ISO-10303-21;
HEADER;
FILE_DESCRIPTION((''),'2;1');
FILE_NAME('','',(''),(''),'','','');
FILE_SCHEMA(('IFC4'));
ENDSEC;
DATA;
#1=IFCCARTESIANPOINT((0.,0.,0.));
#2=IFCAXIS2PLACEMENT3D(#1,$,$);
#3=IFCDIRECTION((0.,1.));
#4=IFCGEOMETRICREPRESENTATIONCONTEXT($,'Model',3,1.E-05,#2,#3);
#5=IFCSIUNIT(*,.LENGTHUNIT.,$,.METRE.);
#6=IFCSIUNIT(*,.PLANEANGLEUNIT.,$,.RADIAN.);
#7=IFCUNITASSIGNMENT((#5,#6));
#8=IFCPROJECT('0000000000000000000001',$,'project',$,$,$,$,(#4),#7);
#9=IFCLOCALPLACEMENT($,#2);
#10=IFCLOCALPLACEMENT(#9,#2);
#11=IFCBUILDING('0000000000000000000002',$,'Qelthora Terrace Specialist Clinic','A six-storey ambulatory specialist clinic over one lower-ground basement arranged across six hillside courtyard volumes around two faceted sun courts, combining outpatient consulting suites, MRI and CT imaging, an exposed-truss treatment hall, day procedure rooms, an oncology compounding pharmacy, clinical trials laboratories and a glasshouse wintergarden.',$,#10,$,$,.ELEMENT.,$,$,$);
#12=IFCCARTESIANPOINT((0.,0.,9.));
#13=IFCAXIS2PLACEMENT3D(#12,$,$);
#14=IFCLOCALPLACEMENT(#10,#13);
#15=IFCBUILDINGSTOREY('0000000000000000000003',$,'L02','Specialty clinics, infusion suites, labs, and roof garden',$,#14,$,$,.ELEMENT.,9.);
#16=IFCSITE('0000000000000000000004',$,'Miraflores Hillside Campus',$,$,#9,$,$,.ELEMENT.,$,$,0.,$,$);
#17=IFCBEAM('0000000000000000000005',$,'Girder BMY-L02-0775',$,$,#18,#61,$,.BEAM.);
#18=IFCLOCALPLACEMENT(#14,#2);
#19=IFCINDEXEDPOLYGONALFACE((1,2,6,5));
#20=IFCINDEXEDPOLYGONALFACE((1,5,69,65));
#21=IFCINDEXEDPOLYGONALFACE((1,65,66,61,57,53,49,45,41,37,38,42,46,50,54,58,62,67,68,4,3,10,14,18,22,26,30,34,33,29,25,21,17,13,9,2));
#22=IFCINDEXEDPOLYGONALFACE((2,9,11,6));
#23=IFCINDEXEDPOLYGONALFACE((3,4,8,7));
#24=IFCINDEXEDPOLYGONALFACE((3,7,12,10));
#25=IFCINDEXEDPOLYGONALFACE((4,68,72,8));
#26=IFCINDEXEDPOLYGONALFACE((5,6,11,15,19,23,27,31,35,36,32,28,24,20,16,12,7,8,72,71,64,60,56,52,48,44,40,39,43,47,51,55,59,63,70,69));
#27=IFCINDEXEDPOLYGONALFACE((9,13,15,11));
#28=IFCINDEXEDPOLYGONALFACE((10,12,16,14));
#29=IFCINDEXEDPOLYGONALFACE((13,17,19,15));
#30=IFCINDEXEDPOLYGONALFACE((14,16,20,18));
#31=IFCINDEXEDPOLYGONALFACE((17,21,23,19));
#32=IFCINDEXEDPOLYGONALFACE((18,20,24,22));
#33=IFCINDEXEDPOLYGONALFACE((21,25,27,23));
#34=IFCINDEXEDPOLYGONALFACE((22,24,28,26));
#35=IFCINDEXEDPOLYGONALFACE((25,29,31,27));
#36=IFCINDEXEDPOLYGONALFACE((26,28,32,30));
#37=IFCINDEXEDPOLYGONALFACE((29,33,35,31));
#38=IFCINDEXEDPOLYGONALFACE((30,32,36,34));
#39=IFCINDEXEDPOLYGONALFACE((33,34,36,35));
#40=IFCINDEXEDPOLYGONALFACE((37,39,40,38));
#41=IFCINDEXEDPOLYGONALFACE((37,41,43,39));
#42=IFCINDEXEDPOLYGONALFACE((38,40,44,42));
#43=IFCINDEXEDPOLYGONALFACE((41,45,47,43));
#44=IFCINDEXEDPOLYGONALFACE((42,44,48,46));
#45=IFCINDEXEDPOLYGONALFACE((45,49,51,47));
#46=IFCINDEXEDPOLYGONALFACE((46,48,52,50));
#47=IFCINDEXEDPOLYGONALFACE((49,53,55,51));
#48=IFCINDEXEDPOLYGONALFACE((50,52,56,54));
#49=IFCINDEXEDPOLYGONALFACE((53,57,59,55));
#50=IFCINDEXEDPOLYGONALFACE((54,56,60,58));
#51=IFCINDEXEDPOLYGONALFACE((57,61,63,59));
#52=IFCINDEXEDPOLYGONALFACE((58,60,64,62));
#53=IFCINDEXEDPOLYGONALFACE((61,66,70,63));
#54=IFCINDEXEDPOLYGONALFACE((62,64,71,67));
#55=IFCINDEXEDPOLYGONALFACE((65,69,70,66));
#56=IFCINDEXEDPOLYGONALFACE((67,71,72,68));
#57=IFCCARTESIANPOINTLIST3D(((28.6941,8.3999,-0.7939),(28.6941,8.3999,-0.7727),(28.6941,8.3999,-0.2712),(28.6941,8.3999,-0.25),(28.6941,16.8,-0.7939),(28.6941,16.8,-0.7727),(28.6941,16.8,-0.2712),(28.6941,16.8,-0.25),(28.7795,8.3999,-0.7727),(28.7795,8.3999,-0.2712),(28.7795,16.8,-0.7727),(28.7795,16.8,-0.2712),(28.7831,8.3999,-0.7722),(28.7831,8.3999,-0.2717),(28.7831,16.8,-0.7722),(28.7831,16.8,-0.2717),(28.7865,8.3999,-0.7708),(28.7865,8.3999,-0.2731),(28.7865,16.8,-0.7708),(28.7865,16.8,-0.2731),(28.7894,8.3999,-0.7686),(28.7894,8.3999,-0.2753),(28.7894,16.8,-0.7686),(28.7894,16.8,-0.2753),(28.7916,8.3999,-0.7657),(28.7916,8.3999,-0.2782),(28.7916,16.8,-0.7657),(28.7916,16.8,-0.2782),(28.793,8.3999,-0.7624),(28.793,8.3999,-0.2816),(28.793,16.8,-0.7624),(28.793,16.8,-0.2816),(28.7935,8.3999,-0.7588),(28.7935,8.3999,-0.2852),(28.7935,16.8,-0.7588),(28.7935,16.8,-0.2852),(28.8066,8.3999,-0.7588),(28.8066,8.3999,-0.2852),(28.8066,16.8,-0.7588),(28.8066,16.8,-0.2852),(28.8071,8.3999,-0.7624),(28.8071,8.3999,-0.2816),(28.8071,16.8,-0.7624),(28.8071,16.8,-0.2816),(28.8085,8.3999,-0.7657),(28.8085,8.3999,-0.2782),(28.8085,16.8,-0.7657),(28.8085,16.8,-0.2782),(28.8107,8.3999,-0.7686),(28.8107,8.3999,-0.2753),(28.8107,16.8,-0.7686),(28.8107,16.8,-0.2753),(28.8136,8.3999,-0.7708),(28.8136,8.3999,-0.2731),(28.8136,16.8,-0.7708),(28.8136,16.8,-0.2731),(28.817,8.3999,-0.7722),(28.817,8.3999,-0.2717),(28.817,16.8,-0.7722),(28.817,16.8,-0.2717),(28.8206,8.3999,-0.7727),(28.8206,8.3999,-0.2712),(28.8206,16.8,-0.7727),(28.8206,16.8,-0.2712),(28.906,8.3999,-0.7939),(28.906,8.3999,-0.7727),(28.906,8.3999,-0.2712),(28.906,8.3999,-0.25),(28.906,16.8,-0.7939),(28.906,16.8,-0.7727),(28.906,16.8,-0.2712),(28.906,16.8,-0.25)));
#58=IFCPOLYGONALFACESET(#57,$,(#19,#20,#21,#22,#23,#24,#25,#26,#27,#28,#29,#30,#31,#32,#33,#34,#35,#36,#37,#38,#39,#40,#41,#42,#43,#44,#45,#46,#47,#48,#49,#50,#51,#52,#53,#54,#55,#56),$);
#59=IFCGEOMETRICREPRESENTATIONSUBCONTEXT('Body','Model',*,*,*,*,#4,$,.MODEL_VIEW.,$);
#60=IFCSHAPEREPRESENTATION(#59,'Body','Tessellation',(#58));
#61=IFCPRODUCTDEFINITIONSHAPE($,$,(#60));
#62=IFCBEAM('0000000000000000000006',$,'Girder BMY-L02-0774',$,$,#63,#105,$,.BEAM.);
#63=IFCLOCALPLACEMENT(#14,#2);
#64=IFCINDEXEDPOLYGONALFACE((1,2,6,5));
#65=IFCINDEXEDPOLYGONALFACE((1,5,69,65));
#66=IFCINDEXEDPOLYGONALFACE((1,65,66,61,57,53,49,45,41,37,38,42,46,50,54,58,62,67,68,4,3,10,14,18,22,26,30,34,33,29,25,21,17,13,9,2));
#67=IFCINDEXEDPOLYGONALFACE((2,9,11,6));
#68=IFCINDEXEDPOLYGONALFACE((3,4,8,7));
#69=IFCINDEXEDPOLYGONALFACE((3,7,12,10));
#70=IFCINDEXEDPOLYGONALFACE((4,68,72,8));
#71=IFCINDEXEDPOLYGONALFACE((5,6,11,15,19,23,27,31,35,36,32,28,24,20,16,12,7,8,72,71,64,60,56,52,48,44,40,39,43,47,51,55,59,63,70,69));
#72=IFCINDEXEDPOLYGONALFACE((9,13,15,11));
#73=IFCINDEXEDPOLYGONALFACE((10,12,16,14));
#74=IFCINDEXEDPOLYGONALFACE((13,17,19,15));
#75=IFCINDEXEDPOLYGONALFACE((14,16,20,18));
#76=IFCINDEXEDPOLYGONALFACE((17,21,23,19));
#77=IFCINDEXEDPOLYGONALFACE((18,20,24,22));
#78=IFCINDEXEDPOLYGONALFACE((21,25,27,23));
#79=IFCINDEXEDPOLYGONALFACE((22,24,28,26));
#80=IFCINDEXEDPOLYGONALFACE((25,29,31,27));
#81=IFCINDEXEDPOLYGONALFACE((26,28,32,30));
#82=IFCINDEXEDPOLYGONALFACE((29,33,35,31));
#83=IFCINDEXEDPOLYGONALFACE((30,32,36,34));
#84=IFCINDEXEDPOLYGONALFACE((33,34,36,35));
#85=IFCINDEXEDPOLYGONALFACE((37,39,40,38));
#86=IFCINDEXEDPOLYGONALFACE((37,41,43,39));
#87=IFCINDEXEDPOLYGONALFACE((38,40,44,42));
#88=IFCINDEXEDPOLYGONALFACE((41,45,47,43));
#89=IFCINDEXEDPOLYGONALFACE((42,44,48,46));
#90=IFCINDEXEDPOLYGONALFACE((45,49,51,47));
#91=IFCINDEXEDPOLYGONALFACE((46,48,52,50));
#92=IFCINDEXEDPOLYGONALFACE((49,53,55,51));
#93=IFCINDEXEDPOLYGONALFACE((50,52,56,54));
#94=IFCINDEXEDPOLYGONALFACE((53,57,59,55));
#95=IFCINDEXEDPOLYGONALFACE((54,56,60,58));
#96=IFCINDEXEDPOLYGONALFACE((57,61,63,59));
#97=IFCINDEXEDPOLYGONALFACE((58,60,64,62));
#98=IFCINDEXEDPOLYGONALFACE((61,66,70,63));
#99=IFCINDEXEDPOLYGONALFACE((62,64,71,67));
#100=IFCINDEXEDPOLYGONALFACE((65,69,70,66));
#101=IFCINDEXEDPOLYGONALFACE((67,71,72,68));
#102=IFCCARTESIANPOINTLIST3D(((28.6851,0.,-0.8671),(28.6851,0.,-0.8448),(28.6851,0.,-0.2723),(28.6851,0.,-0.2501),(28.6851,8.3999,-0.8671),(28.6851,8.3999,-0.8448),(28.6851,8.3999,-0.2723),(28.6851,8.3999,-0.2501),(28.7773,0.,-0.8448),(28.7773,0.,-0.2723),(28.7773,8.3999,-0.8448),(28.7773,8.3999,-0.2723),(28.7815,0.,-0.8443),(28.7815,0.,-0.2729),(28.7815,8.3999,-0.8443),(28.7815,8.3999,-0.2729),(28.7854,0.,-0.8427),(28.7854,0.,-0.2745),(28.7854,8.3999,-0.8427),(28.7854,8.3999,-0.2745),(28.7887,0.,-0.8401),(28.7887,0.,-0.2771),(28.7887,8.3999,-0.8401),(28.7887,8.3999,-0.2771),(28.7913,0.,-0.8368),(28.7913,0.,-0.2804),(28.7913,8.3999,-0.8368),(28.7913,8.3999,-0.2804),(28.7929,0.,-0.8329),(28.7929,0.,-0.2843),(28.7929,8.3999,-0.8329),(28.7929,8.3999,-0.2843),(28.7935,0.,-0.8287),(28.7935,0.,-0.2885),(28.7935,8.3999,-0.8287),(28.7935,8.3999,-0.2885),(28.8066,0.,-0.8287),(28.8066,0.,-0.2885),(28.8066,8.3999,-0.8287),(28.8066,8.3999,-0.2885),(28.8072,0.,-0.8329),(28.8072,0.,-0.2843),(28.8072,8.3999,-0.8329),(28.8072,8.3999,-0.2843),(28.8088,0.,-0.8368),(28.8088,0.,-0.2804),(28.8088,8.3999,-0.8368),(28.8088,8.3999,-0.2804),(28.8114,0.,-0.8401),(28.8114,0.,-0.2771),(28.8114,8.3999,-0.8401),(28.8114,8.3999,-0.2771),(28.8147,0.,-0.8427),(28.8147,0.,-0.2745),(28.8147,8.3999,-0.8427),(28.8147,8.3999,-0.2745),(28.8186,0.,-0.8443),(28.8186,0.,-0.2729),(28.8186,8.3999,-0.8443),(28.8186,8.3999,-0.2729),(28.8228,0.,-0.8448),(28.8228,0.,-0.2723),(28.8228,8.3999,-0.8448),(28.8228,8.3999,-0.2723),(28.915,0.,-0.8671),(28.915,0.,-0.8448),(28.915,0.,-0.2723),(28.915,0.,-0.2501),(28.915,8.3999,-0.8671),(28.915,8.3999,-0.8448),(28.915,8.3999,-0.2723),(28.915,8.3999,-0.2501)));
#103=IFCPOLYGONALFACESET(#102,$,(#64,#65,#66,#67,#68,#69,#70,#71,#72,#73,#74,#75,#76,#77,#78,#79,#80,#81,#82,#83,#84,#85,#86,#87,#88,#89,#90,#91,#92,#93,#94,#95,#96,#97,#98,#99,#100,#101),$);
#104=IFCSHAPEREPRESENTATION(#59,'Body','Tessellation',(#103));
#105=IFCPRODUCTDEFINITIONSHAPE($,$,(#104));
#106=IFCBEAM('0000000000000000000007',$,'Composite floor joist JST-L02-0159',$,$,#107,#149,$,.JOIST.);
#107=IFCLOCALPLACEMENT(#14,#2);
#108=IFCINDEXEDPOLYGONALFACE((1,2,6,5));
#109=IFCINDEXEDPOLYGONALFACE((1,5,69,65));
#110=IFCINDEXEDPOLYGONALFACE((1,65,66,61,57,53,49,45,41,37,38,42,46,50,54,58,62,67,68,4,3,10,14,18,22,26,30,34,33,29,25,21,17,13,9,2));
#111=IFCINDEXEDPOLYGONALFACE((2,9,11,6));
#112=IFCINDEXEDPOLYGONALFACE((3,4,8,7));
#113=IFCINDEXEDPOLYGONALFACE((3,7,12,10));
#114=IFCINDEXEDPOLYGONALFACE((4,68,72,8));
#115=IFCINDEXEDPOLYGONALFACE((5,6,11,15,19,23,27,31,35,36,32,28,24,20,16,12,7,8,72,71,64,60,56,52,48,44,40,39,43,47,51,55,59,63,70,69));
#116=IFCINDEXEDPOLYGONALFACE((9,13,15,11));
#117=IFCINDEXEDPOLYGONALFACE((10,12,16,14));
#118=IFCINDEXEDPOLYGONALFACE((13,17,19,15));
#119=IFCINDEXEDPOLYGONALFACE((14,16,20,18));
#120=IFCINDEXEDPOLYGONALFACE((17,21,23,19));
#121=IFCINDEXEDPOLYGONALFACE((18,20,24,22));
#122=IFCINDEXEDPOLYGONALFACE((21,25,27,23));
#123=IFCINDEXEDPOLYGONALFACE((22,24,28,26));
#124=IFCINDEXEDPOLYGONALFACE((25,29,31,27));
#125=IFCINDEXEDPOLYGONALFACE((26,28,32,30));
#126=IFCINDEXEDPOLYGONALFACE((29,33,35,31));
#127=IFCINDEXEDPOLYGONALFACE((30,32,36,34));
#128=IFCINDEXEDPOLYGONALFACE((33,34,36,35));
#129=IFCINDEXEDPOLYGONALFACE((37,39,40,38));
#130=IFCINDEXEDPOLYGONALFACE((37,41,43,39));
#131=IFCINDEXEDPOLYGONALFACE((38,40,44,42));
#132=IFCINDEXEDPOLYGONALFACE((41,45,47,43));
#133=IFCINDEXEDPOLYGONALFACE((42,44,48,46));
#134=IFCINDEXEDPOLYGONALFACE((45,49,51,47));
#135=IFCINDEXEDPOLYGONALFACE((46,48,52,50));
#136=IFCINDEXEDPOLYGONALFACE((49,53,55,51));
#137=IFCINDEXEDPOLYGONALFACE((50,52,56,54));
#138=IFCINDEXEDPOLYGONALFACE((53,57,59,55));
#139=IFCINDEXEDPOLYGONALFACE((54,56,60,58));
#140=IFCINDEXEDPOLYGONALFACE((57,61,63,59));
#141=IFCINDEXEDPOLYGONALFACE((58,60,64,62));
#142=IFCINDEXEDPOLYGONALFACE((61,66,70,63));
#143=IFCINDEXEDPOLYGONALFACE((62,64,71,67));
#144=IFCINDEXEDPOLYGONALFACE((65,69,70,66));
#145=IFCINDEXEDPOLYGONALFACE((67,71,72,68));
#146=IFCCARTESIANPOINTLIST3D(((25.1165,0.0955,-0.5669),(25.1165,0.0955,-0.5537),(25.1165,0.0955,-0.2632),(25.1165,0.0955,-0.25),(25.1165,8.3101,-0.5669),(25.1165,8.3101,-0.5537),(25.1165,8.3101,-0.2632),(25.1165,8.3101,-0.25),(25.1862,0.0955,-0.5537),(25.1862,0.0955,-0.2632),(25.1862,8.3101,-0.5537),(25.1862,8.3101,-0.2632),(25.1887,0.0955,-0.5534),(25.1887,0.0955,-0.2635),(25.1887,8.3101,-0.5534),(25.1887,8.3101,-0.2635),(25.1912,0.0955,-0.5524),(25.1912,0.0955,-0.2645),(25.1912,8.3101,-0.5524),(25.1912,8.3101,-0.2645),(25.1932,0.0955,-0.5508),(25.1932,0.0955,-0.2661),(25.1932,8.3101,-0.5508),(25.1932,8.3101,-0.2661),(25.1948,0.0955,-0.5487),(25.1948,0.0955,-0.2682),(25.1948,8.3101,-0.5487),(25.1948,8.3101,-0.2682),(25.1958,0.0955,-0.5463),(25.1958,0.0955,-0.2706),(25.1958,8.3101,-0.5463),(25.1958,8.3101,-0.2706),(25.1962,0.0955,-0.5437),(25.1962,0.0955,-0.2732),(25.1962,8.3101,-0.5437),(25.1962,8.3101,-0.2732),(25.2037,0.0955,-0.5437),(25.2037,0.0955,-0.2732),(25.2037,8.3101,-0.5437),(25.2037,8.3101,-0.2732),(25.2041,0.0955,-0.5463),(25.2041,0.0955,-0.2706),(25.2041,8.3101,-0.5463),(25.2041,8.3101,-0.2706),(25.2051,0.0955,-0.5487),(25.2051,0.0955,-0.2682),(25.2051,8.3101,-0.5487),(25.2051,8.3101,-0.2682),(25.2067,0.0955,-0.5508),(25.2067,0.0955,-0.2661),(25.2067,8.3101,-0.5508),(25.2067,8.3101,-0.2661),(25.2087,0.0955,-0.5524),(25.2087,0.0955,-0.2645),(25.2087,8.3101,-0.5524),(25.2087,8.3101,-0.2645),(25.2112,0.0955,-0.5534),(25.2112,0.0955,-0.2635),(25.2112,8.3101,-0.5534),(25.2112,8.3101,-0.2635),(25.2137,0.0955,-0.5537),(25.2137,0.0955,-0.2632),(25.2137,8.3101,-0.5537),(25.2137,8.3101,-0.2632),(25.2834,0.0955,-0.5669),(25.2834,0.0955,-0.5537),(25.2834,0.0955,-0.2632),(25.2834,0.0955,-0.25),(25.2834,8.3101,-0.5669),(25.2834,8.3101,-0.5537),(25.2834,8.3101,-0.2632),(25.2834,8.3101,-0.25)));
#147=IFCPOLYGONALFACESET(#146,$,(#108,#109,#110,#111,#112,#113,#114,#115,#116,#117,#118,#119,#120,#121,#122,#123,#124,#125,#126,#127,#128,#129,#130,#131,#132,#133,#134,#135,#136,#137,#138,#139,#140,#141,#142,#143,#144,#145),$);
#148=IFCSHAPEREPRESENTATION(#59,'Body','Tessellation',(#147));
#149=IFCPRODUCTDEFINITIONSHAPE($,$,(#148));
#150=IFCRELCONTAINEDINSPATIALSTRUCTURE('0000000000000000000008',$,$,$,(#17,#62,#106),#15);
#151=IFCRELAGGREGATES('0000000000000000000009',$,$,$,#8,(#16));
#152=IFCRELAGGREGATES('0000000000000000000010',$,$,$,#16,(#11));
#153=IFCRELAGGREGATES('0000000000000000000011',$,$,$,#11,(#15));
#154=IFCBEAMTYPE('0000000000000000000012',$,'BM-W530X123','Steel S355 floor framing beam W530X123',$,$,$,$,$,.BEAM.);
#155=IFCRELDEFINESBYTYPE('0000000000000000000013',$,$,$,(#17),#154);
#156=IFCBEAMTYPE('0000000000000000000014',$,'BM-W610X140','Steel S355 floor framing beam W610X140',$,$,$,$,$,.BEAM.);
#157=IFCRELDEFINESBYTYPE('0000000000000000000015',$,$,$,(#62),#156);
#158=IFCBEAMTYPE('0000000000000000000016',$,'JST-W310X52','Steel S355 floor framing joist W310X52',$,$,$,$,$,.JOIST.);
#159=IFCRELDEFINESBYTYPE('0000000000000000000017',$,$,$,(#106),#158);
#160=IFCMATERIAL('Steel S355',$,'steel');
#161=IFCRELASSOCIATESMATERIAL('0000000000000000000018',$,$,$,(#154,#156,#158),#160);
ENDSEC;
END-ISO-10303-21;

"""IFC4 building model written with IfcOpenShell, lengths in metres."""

from ifc_helpers import new_model, si_unit, direction, frame, origin, origin_2d, place, context, subcontext, project, spatial, i_section, extrude, material, material_profile, profile_set, type_object, element, save


model = new_model("IFC4")

# Units and contexts
model_context = context("Model", 3, precision=1e-05, world=origin(), true_north=direction((0.0, 1.0)))
body_context = subcontext(model_context, "Body", "Model", "MODEL_VIEW")
ifc_project = project(units=[si_unit("LENGTHUNIT", "METRE"), si_unit("PLANEANGLEUNIT", "RADIAN")], contexts=[model_context])

# Site, building, storey
site_placement = place(None, origin())
site = spatial("IfcSite", under=ifc_project, at=site_placement, Name="Miraflores Hillside Campus", CompositionType="ELEMENT", RefElevation=0.0)
building_placement = place(site_placement, origin())
building = spatial("IfcBuilding", under=site, at=building_placement, Name="Qelthora Terrace Specialist Clinic", Description="A six-storey ambulatory specialist clinic over one lower-ground basement arranged across six hillside courtyard volumes around two faceted sun courts, combining outpatient consulting suites, MRI and CT imaging, an exposed-truss treatment hall, day procedure rooms, an oncology compounding pharmacy, clinical trials laboratories and a glasshouse wintergarden.", CompositionType="ELEMENT")
storey_placement = place(building_placement, frame((0.0, 0.0, 9.0)))
storey = spatial("IfcBuildingStorey", under=building, at=storey_placement, Name="L02", Description="Specialty clinics, infusion suites, labs, and roof garden", CompositionType="ELEMENT", Elevation=9.0)

# Beams
ifc_material_1 = material(Name="Steel S355", Category="steel")
ifc_material_profile_1 = material_profile(ifc_material_1, i_section(OverallWidth=0.2119, OverallDepth=0.5439, WebThickness=0.0132, FlangeThickness=0.0212, FilletRadius=0.0139, at=origin_2d()), Name="W530X123")
ifc_profile_set_1 = profile_set([ifc_material_profile_1], Name="Steel S355")
beam_type_1 = type_object("IfcBeamType", Name="BM-W530X123", Description="Steel S355 floor framing beam W530X123", PredefinedType="BEAM", material=ifc_profile_set_1)
beam_1_placement = place(storey_placement, frame((28.8, 8.3999, -0.522), z_axis=(0.0, 1.0, 0.0), x_axis=(-1.0, 0.0, 0.0)))
element("IfcBeam", 1, at=beam_1_placement, inside=storey, type_object=beam_type_1, Name="Girder BMY-L02-0775", PredefinedType="BEAM", context=body_context, shape_type="SweptSolid", body=[
    extrude(i_section(OverallWidth=0.2119, OverallDepth=0.5439, WebThickness=0.0132, FlangeThickness=0.0212, FilletRadius=0.0139, at=origin_2d()), origin(), (0.0, 0.0, 1.0), 8.4001),
])
ifc_material_profile_2 = material_profile(ifc_material_1, i_section(OverallWidth=0.23, OverallDepth=0.6169, WebThickness=0.0132, FlangeThickness=0.0222, FilletRadius=0.0161, at=origin_2d()), Name="W610X140")
ifc_profile_set_2 = profile_set([ifc_material_profile_2], Name="Steel S355")
beam_type_2 = type_object("IfcBeamType", Name="BM-W610X140", Description="Steel S355 floor framing beam W610X140", PredefinedType="BEAM", material=ifc_profile_set_2)
beam_2_placement = place(storey_placement, frame((28.8, 0.0, -0.5586), z_axis=(0.0, 1.0, 0.0), x_axis=(-1.0, 0.0, 0.0)))
element("IfcBeam", 2, at=beam_2_placement, inside=storey, type_object=beam_type_2, Name="Girder BMY-L02-0774", PredefinedType="BEAM", context=body_context, shape_type="SweptSolid", body=[
    extrude(i_section(OverallWidth=0.23, OverallDepth=0.6169, WebThickness=0.0132, FlangeThickness=0.0222, FilletRadius=0.0161, at=origin_2d()), origin(), (0.0, 0.0, 1.0), 8.3999),
])
ifc_material_profile_3 = material_profile(ifc_material_1, i_section(OverallWidth=0.167, OverallDepth=0.3169, WebThickness=0.0076, FlangeThickness=0.0132, FilletRadius=0.01, at=origin_2d()), Name="W310X52")
ifc_profile_set_3 = profile_set([ifc_material_profile_3], Name="Steel S355")
beam_type_3 = type_object("IfcBeamType", Name="JST-W310X52", Description="Steel S355 floor framing joist W310X52", PredefinedType="JOIST", material=ifc_profile_set_3)
beam_3_placement = place(storey_placement, frame((25.2, 0.0955, -0.4084), z_axis=(0.0, 1.0, 0.0), x_axis=(-1.0, 0.0, 0.0)))
element("IfcBeam", 3, at=beam_3_placement, inside=storey, type_object=beam_type_3, Name="Composite floor joist JST-L02-0159", PredefinedType="JOIST", context=body_context, shape_type="SweptSolid", body=[
    extrude(i_section(OverallWidth=0.167, OverallDepth=0.3169, WebThickness=0.0076, FlangeThickness=0.0132, FilletRadius=0.01, at=origin_2d()), origin(), (0.0, 0.0, 1.0), 8.2146),
])

save(model, "model.ifc")
